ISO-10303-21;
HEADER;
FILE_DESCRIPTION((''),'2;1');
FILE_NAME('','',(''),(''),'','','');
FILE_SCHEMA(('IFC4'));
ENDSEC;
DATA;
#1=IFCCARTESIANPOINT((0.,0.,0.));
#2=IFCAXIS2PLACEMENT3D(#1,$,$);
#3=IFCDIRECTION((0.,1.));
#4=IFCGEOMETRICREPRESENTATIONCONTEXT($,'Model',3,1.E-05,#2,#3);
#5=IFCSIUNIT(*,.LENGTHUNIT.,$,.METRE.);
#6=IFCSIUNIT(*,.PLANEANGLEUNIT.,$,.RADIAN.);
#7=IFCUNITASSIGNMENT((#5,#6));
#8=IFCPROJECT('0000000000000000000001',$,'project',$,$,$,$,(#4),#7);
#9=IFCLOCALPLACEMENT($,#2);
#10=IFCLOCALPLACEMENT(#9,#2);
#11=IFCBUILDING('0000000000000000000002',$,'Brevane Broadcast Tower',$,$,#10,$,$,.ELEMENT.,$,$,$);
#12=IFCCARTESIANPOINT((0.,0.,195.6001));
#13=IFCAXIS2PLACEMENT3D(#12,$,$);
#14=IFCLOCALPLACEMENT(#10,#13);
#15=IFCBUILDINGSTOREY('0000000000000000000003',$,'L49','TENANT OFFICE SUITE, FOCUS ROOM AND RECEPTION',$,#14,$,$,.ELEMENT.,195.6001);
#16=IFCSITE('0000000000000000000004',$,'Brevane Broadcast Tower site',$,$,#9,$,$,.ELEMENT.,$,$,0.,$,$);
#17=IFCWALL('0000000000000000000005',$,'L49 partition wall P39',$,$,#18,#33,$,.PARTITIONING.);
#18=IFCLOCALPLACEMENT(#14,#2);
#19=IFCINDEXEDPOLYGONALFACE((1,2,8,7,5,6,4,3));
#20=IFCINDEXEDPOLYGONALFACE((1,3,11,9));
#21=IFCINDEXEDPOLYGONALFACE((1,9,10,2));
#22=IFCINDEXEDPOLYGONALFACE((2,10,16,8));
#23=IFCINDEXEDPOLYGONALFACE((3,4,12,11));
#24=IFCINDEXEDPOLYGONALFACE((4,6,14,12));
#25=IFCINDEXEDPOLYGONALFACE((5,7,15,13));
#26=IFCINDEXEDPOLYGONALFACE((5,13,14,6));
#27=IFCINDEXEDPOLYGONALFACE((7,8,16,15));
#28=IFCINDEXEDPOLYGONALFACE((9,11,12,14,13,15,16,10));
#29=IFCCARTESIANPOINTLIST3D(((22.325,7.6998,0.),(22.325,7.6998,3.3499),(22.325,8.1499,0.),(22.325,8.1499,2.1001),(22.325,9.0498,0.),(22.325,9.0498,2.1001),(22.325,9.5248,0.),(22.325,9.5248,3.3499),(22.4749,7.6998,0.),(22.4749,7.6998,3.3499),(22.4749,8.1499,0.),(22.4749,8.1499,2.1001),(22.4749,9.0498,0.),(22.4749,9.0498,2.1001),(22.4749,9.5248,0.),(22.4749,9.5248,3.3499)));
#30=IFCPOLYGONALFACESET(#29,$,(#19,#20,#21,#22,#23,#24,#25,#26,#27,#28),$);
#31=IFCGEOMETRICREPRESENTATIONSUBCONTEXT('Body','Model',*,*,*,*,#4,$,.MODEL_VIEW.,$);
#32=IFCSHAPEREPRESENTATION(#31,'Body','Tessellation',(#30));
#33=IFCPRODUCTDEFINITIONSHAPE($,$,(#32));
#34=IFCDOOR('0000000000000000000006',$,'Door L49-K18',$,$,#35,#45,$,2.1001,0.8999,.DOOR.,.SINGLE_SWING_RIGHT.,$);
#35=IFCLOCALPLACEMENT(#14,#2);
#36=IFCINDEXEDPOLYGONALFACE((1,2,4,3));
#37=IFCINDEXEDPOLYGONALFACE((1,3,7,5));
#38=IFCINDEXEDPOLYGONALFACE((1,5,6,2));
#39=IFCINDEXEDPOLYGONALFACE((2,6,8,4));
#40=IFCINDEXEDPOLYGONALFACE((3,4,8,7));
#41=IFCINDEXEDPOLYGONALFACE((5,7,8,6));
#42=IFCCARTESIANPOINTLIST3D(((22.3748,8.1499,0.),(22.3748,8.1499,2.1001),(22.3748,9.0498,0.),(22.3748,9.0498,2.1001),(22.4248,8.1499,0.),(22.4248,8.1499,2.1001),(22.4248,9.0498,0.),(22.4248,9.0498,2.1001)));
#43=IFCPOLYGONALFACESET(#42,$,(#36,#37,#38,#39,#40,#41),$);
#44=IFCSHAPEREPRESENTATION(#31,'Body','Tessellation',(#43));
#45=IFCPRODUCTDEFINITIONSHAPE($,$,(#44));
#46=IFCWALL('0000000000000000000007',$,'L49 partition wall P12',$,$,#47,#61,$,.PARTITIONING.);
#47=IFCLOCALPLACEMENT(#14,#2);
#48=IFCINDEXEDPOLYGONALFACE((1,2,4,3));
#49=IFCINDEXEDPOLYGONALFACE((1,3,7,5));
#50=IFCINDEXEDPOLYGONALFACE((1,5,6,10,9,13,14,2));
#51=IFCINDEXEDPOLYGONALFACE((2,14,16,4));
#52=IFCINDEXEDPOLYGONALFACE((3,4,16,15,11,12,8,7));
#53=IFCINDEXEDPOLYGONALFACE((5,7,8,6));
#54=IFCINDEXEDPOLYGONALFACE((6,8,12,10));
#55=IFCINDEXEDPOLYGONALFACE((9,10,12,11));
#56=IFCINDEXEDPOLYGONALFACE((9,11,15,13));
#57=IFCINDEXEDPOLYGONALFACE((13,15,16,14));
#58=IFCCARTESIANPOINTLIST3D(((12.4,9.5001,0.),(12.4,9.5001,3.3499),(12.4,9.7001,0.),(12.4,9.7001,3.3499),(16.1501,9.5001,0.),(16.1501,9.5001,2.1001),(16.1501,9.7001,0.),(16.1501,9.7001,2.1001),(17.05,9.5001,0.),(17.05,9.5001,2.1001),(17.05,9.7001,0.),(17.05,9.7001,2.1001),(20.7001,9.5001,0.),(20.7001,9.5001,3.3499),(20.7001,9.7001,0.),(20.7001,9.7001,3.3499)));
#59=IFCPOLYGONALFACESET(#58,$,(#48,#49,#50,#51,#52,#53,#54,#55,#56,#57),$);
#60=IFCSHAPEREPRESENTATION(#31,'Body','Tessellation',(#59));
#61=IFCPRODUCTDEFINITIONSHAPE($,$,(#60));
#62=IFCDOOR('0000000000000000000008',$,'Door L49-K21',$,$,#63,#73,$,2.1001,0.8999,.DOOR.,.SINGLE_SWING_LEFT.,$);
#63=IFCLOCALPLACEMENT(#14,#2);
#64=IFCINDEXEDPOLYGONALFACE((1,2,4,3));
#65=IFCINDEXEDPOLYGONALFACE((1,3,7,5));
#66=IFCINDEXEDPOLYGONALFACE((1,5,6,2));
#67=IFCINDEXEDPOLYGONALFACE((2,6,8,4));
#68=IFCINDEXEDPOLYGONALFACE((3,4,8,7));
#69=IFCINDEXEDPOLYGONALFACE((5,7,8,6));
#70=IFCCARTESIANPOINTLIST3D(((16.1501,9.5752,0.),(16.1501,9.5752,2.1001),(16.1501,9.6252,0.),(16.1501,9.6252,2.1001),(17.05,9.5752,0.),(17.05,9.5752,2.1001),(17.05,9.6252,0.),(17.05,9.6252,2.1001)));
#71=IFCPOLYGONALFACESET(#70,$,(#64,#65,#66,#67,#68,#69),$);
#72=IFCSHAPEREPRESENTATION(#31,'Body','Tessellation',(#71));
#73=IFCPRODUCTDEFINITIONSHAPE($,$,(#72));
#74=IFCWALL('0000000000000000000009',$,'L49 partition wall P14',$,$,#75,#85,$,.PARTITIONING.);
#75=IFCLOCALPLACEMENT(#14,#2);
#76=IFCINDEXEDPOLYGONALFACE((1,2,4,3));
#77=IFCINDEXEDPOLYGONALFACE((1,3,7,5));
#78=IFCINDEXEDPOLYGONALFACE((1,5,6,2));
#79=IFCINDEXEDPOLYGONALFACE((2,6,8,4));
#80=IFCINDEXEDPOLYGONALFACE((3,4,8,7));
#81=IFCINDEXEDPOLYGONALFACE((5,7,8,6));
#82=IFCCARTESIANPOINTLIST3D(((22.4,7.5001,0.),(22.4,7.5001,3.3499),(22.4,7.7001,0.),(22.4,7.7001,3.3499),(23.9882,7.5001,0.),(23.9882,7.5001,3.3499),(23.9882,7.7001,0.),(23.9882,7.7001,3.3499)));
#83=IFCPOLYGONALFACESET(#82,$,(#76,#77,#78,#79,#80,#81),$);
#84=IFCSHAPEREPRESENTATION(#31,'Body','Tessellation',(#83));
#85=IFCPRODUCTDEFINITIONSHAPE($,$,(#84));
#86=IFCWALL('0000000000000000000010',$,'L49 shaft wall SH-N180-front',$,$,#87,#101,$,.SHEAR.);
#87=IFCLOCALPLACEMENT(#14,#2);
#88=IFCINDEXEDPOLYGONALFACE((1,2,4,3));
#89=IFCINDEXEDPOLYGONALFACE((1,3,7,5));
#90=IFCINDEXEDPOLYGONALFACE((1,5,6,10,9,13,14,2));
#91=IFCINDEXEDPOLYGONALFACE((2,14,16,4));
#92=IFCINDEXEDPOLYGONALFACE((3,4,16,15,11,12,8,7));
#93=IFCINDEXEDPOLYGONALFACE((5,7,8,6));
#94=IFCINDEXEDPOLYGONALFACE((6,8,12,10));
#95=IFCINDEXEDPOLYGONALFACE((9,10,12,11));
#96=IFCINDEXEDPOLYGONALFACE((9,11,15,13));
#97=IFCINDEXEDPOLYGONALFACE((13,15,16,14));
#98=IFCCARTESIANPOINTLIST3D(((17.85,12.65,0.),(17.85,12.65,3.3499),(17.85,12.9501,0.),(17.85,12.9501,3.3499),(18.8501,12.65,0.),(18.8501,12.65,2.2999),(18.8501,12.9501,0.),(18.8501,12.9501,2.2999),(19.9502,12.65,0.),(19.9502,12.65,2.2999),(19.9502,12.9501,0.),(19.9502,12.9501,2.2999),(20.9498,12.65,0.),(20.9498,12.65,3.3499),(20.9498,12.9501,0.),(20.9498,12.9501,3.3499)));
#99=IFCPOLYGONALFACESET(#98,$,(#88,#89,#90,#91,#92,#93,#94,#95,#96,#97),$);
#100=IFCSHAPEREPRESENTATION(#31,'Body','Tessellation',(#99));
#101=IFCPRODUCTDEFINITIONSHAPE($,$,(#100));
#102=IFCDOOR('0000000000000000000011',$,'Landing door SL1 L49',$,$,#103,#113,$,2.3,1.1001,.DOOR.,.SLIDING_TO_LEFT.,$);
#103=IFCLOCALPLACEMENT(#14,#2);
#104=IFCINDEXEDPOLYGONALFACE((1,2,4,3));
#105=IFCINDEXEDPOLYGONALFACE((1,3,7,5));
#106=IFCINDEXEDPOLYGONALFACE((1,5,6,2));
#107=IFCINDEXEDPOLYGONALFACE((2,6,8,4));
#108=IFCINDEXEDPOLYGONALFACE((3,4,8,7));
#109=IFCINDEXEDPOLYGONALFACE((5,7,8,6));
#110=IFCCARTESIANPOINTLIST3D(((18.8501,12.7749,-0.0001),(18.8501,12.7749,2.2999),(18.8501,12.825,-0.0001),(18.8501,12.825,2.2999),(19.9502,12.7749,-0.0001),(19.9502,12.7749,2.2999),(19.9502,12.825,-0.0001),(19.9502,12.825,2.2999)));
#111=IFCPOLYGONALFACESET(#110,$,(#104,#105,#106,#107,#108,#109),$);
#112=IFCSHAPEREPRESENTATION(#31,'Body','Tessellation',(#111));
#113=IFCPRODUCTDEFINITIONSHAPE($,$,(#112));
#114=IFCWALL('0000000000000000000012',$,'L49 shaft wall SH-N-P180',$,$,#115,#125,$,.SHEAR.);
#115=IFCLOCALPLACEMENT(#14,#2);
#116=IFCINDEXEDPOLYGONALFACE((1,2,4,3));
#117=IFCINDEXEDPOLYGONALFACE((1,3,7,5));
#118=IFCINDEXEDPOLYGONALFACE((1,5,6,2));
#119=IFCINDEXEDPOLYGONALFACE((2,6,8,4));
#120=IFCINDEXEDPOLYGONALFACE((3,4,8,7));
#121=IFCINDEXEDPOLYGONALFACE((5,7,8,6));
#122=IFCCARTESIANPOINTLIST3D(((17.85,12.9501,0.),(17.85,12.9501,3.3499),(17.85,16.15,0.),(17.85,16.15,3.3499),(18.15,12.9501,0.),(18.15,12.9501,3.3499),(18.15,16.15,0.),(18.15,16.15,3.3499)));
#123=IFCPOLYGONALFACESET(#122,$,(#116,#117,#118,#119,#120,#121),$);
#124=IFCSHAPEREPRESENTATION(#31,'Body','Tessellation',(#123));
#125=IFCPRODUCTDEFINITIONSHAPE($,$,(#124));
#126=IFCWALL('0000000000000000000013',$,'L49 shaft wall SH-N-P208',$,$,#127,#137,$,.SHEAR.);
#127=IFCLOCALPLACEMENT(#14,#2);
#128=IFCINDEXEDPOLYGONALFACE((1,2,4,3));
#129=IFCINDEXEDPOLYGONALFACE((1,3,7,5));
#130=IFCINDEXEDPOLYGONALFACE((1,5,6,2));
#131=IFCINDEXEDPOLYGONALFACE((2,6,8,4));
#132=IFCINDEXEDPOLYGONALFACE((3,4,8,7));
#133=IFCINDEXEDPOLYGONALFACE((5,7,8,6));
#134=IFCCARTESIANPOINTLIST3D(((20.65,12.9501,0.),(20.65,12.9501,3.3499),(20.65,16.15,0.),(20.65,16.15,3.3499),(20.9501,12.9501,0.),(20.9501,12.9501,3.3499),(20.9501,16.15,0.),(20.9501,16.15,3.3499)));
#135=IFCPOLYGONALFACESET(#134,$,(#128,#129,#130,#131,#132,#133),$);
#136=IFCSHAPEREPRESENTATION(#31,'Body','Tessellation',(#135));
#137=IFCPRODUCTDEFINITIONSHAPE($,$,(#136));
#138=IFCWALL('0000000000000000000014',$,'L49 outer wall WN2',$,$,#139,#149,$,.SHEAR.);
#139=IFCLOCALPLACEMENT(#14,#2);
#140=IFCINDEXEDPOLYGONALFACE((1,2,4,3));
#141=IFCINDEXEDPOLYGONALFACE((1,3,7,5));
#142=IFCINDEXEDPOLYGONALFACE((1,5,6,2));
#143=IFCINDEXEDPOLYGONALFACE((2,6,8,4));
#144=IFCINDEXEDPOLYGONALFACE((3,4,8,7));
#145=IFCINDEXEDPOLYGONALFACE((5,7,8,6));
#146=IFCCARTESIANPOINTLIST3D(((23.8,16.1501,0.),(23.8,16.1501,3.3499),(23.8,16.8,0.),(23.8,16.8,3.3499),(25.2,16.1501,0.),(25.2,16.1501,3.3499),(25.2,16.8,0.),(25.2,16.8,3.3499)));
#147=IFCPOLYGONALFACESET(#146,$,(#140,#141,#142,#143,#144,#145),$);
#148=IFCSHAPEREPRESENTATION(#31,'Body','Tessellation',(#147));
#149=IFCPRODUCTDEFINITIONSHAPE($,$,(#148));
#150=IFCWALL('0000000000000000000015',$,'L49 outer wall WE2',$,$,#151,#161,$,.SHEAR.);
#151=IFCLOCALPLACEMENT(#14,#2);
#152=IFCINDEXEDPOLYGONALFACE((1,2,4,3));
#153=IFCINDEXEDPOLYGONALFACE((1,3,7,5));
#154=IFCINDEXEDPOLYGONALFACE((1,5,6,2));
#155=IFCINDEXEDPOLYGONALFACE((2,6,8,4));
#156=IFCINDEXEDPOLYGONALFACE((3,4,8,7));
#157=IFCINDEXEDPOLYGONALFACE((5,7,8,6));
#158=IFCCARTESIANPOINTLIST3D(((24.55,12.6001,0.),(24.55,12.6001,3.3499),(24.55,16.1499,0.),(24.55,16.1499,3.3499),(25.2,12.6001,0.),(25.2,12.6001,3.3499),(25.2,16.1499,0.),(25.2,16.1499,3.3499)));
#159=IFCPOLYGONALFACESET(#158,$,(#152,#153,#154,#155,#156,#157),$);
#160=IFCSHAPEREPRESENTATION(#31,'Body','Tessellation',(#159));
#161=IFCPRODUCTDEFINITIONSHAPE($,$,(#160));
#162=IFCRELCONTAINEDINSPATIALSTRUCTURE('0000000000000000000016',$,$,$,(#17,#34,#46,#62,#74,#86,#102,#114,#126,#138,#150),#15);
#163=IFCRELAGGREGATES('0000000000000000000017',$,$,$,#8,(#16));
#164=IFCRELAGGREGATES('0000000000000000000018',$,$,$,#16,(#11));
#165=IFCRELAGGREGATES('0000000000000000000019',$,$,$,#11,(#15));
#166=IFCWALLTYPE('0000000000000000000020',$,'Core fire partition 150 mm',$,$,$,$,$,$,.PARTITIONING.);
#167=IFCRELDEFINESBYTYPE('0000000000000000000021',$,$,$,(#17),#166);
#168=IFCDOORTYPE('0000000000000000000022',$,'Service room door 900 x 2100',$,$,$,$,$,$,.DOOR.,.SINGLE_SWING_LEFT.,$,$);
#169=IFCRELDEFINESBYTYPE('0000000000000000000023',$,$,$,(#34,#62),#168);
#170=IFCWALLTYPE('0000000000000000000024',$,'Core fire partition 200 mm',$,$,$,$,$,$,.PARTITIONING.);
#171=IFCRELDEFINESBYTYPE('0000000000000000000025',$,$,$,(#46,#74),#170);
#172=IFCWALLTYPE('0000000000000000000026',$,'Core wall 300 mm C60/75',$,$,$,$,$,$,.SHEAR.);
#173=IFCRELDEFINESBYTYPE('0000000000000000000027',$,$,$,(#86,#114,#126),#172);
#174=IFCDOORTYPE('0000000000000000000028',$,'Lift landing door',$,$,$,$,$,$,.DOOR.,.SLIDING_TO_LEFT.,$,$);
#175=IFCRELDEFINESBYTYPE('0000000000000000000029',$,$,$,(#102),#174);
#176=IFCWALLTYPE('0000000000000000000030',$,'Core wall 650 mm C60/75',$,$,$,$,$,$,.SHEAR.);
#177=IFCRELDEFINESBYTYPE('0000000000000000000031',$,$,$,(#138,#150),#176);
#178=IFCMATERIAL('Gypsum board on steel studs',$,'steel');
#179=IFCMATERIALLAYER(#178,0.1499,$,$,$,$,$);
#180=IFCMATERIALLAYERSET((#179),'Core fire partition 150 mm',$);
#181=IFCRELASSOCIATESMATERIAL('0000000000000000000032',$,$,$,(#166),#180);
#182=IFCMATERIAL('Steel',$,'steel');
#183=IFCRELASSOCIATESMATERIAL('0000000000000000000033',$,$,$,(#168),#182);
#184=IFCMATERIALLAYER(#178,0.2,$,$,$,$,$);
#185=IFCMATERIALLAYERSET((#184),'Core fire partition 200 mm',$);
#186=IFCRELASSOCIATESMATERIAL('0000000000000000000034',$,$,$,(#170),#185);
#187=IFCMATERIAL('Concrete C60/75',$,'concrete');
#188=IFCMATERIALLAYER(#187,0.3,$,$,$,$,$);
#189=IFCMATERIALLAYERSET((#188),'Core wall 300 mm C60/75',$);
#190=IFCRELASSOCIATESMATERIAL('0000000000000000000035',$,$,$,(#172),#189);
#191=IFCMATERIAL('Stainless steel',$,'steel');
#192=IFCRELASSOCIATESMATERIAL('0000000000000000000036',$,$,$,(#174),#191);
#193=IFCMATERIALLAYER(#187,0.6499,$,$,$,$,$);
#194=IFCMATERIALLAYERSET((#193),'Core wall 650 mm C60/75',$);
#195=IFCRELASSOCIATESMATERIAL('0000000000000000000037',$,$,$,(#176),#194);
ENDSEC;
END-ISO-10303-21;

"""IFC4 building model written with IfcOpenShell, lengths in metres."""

from ifc_helpers import new_model, si_unit, direction, frame, frame_2d, origin, place, context, subcontext, project, spatial, rectangle, extrude, material, layer, layer_set, type_object, element, fill, save


model = new_model("IFC4")

# Units and contexts
model_context = context("Model", 3, precision=1e-05, world=origin(), true_north=direction((0.0, 1.0)))
body_context = subcontext(model_context, "Body", "Model", "MODEL_VIEW")
ifc_project = project(units=[si_unit("LENGTHUNIT", "METRE"), si_unit("PLANEANGLEUNIT", "RADIAN")], contexts=[model_context])

# Site, building, storey
site_placement = place(None, origin())
site = spatial("IfcSite", under=ifc_project, at=site_placement, Name="Brevane Broadcast Tower site", CompositionType="ELEMENT", RefElevation=0.0)
building_placement = place(site_placement, origin())
building = spatial("IfcBuilding", under=site, at=building_placement, Name="Brevane Broadcast Tower", CompositionType="ELEMENT")
storey_placement = place(building_placement, frame((0.0, 0.0, 195.6001)))
storey = spatial("IfcBuildingStorey", under=building, at=storey_placement, Name="L49", Description="TENANT OFFICE SUITE, FOCUS ROOM AND RECEPTION", CompositionType="ELEMENT", Elevation=195.6001)

# Shared definitions
ifc_material_1 = material(Name="Concrete C60/75", Category="concrete")

# Shared definitions
ifc_material_2 = material(Name="Gypsum board on steel studs", Category="steel")
ifc_layer_1 = layer(ifc_material_2, 0.1499)
ifc_layer_set_1 = layer_set([ifc_layer_1], Name="Core fire partition 150 mm")
wall_type_1 = type_object("IfcWallType", Name="Core fire partition 150 mm", PredefinedType="PARTITIONING", material=ifc_layer_set_1)
ifc_material_3 = material(Name="Steel", Category="steel")

# Walls, openings, doors
wall_1_placement = place(storey_placement, frame((22.3999, 9.5249, 0.0), z_axis=(0.0, 0.0, 1.0), x_axis=(0.0, -1.0, 0.0)))
wall_1 = element("IfcWall", 1, at=wall_1_placement, inside=storey, type_object=wall_type_1, Name="L49 partition wall P39", PredefinedType="PARTITIONING", context=body_context, shape_type="SweptSolid", body=[
    extrude(rectangle(XDim=1.825, YDim=0.1499, at=frame_2d((0.9126, 0.0))), origin(), (0.0, 0.0, 1.0), 3.3499),
])
opening_1_placement = place(wall_1_placement, frame((0.4751, 0.0, 0.0)))
opening_1 = element("IfcOpeningElement", 2, at=opening_1_placement, cuts=wall_1, PredefinedType="OPENING", context=body_context, shape_type="SweptSolid", body=[
    extrude(rectangle(XDim=0.8999, YDim=2.1001, at=frame_2d((0.45, 1.05))), frame((0.0, 0.085, 0.0), z_axis=(0.0, -1.0, 0.0), x_axis=(1.0, 0.0, 0.0)), (0.0, 0.0, 1.0), 0.1699),
])
door_type_1 = type_object("IfcDoorType", Name="Service room door 900 x 2100", OperationType="SINGLE_SWING_LEFT", PredefinedType="DOOR", material=ifc_material_3)
door_1_placement = place(opening_1_placement, origin())
door_1 = element("IfcDoor", 3, at=door_1_placement, inside=storey, type_object=door_type_1, Name="Door L49-K18", OperationType="SINGLE_SWING_RIGHT", OverallHeight=2.1001, OverallWidth=0.8999, PredefinedType="DOOR", context=body_context, shape_type="SweptSolid", body=[
    extrude(rectangle(XDim=0.8999, YDim=2.1001, at=frame_2d((0.45, 1.05))), frame((0.0, 0.0249, 0.0), z_axis=(0.0, -1.0, 0.0), x_axis=(1.0, 0.0, 0.0)), (0.0, 0.0, 1.0), 0.05),
])
fill(opening_1, door_1)
ifc_layer_2 = layer(ifc_material_2, 0.2)
ifc_layer_set_2 = layer_set([ifc_layer_2], Name="Core fire partition 200 mm")
wall_type_2 = type_object("IfcWallType", Name="Core fire partition 200 mm", PredefinedType="PARTITIONING", material=ifc_layer_set_2)
wall_2_placement = place(storey_placement, frame((20.7, 9.6001, 0.0), z_axis=(0.0, 0.0, 1.0), x_axis=(-1.0, 0.0, 0.0)))
wall_2 = element("IfcWall", 4, at=wall_2_placement, inside=storey, type_object=wall_type_2, Name="L49 partition wall P12", PredefinedType="PARTITIONING", context=body_context, shape_type="SweptSolid", body=[
    extrude(rectangle(XDim=8.3, YDim=0.2, at=frame_2d((4.1499, 0.0))), origin(), (0.0, 0.0, 1.0), 3.3499),
])
opening_2_placement = place(wall_2_placement, frame((3.6499, 0.0, 0.0)))
opening_2 = element("IfcOpeningElement", 5, at=opening_2_placement, cuts=wall_2, PredefinedType="OPENING", context=body_context, shape_type="SweptSolid", body=[
    extrude(rectangle(XDim=0.8999, YDim=2.1001, at=frame_2d((0.45, 1.05))), frame((0.0, 0.1099, 0.0), z_axis=(0.0, -1.0, 0.0), x_axis=(1.0, 0.0, 0.0)), (0.0, 0.0, 1.0), 0.22),
])
door_2_placement = place(opening_2_placement, origin())
door_2 = element("IfcDoor", 6, at=door_2_placement, inside=storey, type_object=door_type_1, Name="Door L49-K21", OperationType="SINGLE_SWING_LEFT", OverallHeight=2.1001, OverallWidth=0.8999, PredefinedType="DOOR", context=body_context, shape_type="SweptSolid", body=[
    extrude(rectangle(XDim=0.8999, YDim=2.1001, at=frame_2d((0.45, 1.05))), frame((0.0, 0.0249, 0.0), z_axis=(0.0, -1.0, 0.0), x_axis=(1.0, 0.0, 0.0)), (0.0, 0.0, 1.0), 0.05),
])
fill(opening_2, door_2)

# Wall
wall_3_placement = place(storey_placement, frame((23.988, 7.6001, 0.0), z_axis=(0.0, 0.0, 1.0), x_axis=(-1.0, 0.0, 0.0)))
element("IfcWall", 7, at=wall_3_placement, inside=storey, type_object=wall_type_2, Name="L49 partition wall P14", PredefinedType="PARTITIONING", context=body_context, shape_type="SweptSolid", body=[
    extrude(rectangle(XDim=1.5881, YDim=0.2, at=frame_2d((0.7939, 0.0))), origin(), (0.0, 0.0, 1.0), 3.3499),
])

# Wall, opening, door
ifc_layer_3 = layer(ifc_material_1, 0.3)
ifc_layer_set_3 = layer_set([ifc_layer_3], Name="Core wall 300 mm C60/75")
wall_type_3 = type_object("IfcWallType", Name="Core wall 300 mm C60/75", PredefinedType="SHEAR", material=ifc_layer_set_3)
wall_4_placement = place(storey_placement, frame((17.8501, 12.8, 0.0), z_axis=(0.0, 0.0, 1.0), x_axis=(1.0, 0.0, 0.0)))
wall_4 = element("IfcWall", 8, at=wall_4_placement, inside=storey, type_object=wall_type_3, Name="L49 shaft wall SH-N180-front", PredefinedType="SHEAR", context=body_context, shape_type="SweptSolid", body=[
    extrude(rectangle(XDim=3.0999, YDim=0.3, at=frame_2d((1.5498, 0.0))), origin(), (0.0, 0.0, 1.0), 3.3499),
])
opening_3_placement = place(wall_4_placement, frame((1.0, 0.0, 0.0)))
opening_3 = element("IfcOpeningElement", 9, at=opening_3_placement, cuts=wall_4, PredefinedType="OPENING", context=body_context, shape_type="SweptSolid", body=[
    extrude(rectangle(XDim=1.1001, YDim=2.3, at=frame_2d((0.55, 1.1499))), frame((0.0, 0.1599, 0.0), z_axis=(0.0, -1.0, 0.0), x_axis=(1.0, 0.0, 0.0)), (0.0, 0.0, 1.0), 0.3201),
])
ifc_material_4 = material(Name="Stainless steel", Category="steel")
door_type_2 = type_object("IfcDoorType", Name="Lift landing door", OperationType="SLIDING_TO_LEFT", PredefinedType="DOOR", material=ifc_material_4)
door_3_placement = place(opening_3_placement, origin())
door_3 = element("IfcDoor", 10, at=door_3_placement, inside=storey, type_object=door_type_2, Name="Landing door SL1 L49", OperationType="SLIDING_TO_LEFT", OverallHeight=2.3, OverallWidth=1.1001, PredefinedType="DOOR", context=body_context, shape_type="SweptSolid", body=[
    extrude(rectangle(XDim=1.1001, YDim=2.3, at=frame_2d((0.55, 1.1499))), frame((0.0, 0.0249, 0.0), z_axis=(0.0, -1.0, 0.0), x_axis=(1.0, 0.0, 0.0)), (0.0, 0.0, 1.0), 0.05),
])
fill(opening_3, door_3)

# Walls
for number, where, z_axis, x_axis, name in (
    (11, (18.0, 12.95, 0.0), (0.0, 0.0, 1.0), (0.0, 1.0, 0.0), "L49 shaft wall SH-N-P180"),
    (12, (20.8, 12.95, 0.0), (0.0, 0.0, 1.0), (0.0, 1.0, 0.0), "L49 shaft wall SH-N-P208"),
):
    element("IfcWall", number, at=place(storey_placement, frame(where, z_axis=z_axis, x_axis=x_axis)), inside=storey, type_object=wall_type_3, Name=name, PredefinedType="SHEAR", context=body_context, shape_type="SweptSolid", body=[
        extrude(rectangle(XDim=3.2, YDim=0.3, at=frame_2d((1.6001, 0.0))), origin(), (0.0, 0.0, 1.0), 3.3499),
    ])
ifc_layer_4 = layer(ifc_material_1, 0.6499)
ifc_layer_set_4 = layer_set([ifc_layer_4], Name="Core wall 650 mm C60/75")
wall_type_4 = type_object("IfcWallType", Name="Core wall 650 mm C60/75", PredefinedType="SHEAR", material=ifc_layer_set_4)
wall_5_placement = place(storey_placement, frame((23.8, 16.4751, 0.0), z_axis=(0.0, 0.0, 1.0), x_axis=(1.0, 0.0, 0.0)))
element("IfcWall", 13, at=wall_5_placement, inside=storey, type_object=wall_type_4, Name="L49 outer wall WN2", PredefinedType="SHEAR", context=body_context, shape_type="SweptSolid", body=[
    extrude(rectangle(XDim=1.3999, YDim=0.6499, at=frame_2d((0.7, 0.0))), origin(), (0.0, 0.0, 1.0), 3.3499),
])
wall_6_placement = place(storey_placement, frame((24.875, 12.6001, 0.0), z_axis=(0.0, 0.0, 1.0), x_axis=(0.0, 1.0, 0.0)))
element("IfcWall", 14, at=wall_6_placement, inside=storey, type_object=wall_type_4, Name="L49 outer wall WE2", PredefinedType="SHEAR", context=body_context, shape_type="SweptSolid", body=[
    extrude(rectangle(XDim=3.5498, YDim=0.6499, at=frame_2d((1.7749, 0.0))), origin(), (0.0, 0.0, 1.0), 3.3499),
])

save(model, "model.ifc")
